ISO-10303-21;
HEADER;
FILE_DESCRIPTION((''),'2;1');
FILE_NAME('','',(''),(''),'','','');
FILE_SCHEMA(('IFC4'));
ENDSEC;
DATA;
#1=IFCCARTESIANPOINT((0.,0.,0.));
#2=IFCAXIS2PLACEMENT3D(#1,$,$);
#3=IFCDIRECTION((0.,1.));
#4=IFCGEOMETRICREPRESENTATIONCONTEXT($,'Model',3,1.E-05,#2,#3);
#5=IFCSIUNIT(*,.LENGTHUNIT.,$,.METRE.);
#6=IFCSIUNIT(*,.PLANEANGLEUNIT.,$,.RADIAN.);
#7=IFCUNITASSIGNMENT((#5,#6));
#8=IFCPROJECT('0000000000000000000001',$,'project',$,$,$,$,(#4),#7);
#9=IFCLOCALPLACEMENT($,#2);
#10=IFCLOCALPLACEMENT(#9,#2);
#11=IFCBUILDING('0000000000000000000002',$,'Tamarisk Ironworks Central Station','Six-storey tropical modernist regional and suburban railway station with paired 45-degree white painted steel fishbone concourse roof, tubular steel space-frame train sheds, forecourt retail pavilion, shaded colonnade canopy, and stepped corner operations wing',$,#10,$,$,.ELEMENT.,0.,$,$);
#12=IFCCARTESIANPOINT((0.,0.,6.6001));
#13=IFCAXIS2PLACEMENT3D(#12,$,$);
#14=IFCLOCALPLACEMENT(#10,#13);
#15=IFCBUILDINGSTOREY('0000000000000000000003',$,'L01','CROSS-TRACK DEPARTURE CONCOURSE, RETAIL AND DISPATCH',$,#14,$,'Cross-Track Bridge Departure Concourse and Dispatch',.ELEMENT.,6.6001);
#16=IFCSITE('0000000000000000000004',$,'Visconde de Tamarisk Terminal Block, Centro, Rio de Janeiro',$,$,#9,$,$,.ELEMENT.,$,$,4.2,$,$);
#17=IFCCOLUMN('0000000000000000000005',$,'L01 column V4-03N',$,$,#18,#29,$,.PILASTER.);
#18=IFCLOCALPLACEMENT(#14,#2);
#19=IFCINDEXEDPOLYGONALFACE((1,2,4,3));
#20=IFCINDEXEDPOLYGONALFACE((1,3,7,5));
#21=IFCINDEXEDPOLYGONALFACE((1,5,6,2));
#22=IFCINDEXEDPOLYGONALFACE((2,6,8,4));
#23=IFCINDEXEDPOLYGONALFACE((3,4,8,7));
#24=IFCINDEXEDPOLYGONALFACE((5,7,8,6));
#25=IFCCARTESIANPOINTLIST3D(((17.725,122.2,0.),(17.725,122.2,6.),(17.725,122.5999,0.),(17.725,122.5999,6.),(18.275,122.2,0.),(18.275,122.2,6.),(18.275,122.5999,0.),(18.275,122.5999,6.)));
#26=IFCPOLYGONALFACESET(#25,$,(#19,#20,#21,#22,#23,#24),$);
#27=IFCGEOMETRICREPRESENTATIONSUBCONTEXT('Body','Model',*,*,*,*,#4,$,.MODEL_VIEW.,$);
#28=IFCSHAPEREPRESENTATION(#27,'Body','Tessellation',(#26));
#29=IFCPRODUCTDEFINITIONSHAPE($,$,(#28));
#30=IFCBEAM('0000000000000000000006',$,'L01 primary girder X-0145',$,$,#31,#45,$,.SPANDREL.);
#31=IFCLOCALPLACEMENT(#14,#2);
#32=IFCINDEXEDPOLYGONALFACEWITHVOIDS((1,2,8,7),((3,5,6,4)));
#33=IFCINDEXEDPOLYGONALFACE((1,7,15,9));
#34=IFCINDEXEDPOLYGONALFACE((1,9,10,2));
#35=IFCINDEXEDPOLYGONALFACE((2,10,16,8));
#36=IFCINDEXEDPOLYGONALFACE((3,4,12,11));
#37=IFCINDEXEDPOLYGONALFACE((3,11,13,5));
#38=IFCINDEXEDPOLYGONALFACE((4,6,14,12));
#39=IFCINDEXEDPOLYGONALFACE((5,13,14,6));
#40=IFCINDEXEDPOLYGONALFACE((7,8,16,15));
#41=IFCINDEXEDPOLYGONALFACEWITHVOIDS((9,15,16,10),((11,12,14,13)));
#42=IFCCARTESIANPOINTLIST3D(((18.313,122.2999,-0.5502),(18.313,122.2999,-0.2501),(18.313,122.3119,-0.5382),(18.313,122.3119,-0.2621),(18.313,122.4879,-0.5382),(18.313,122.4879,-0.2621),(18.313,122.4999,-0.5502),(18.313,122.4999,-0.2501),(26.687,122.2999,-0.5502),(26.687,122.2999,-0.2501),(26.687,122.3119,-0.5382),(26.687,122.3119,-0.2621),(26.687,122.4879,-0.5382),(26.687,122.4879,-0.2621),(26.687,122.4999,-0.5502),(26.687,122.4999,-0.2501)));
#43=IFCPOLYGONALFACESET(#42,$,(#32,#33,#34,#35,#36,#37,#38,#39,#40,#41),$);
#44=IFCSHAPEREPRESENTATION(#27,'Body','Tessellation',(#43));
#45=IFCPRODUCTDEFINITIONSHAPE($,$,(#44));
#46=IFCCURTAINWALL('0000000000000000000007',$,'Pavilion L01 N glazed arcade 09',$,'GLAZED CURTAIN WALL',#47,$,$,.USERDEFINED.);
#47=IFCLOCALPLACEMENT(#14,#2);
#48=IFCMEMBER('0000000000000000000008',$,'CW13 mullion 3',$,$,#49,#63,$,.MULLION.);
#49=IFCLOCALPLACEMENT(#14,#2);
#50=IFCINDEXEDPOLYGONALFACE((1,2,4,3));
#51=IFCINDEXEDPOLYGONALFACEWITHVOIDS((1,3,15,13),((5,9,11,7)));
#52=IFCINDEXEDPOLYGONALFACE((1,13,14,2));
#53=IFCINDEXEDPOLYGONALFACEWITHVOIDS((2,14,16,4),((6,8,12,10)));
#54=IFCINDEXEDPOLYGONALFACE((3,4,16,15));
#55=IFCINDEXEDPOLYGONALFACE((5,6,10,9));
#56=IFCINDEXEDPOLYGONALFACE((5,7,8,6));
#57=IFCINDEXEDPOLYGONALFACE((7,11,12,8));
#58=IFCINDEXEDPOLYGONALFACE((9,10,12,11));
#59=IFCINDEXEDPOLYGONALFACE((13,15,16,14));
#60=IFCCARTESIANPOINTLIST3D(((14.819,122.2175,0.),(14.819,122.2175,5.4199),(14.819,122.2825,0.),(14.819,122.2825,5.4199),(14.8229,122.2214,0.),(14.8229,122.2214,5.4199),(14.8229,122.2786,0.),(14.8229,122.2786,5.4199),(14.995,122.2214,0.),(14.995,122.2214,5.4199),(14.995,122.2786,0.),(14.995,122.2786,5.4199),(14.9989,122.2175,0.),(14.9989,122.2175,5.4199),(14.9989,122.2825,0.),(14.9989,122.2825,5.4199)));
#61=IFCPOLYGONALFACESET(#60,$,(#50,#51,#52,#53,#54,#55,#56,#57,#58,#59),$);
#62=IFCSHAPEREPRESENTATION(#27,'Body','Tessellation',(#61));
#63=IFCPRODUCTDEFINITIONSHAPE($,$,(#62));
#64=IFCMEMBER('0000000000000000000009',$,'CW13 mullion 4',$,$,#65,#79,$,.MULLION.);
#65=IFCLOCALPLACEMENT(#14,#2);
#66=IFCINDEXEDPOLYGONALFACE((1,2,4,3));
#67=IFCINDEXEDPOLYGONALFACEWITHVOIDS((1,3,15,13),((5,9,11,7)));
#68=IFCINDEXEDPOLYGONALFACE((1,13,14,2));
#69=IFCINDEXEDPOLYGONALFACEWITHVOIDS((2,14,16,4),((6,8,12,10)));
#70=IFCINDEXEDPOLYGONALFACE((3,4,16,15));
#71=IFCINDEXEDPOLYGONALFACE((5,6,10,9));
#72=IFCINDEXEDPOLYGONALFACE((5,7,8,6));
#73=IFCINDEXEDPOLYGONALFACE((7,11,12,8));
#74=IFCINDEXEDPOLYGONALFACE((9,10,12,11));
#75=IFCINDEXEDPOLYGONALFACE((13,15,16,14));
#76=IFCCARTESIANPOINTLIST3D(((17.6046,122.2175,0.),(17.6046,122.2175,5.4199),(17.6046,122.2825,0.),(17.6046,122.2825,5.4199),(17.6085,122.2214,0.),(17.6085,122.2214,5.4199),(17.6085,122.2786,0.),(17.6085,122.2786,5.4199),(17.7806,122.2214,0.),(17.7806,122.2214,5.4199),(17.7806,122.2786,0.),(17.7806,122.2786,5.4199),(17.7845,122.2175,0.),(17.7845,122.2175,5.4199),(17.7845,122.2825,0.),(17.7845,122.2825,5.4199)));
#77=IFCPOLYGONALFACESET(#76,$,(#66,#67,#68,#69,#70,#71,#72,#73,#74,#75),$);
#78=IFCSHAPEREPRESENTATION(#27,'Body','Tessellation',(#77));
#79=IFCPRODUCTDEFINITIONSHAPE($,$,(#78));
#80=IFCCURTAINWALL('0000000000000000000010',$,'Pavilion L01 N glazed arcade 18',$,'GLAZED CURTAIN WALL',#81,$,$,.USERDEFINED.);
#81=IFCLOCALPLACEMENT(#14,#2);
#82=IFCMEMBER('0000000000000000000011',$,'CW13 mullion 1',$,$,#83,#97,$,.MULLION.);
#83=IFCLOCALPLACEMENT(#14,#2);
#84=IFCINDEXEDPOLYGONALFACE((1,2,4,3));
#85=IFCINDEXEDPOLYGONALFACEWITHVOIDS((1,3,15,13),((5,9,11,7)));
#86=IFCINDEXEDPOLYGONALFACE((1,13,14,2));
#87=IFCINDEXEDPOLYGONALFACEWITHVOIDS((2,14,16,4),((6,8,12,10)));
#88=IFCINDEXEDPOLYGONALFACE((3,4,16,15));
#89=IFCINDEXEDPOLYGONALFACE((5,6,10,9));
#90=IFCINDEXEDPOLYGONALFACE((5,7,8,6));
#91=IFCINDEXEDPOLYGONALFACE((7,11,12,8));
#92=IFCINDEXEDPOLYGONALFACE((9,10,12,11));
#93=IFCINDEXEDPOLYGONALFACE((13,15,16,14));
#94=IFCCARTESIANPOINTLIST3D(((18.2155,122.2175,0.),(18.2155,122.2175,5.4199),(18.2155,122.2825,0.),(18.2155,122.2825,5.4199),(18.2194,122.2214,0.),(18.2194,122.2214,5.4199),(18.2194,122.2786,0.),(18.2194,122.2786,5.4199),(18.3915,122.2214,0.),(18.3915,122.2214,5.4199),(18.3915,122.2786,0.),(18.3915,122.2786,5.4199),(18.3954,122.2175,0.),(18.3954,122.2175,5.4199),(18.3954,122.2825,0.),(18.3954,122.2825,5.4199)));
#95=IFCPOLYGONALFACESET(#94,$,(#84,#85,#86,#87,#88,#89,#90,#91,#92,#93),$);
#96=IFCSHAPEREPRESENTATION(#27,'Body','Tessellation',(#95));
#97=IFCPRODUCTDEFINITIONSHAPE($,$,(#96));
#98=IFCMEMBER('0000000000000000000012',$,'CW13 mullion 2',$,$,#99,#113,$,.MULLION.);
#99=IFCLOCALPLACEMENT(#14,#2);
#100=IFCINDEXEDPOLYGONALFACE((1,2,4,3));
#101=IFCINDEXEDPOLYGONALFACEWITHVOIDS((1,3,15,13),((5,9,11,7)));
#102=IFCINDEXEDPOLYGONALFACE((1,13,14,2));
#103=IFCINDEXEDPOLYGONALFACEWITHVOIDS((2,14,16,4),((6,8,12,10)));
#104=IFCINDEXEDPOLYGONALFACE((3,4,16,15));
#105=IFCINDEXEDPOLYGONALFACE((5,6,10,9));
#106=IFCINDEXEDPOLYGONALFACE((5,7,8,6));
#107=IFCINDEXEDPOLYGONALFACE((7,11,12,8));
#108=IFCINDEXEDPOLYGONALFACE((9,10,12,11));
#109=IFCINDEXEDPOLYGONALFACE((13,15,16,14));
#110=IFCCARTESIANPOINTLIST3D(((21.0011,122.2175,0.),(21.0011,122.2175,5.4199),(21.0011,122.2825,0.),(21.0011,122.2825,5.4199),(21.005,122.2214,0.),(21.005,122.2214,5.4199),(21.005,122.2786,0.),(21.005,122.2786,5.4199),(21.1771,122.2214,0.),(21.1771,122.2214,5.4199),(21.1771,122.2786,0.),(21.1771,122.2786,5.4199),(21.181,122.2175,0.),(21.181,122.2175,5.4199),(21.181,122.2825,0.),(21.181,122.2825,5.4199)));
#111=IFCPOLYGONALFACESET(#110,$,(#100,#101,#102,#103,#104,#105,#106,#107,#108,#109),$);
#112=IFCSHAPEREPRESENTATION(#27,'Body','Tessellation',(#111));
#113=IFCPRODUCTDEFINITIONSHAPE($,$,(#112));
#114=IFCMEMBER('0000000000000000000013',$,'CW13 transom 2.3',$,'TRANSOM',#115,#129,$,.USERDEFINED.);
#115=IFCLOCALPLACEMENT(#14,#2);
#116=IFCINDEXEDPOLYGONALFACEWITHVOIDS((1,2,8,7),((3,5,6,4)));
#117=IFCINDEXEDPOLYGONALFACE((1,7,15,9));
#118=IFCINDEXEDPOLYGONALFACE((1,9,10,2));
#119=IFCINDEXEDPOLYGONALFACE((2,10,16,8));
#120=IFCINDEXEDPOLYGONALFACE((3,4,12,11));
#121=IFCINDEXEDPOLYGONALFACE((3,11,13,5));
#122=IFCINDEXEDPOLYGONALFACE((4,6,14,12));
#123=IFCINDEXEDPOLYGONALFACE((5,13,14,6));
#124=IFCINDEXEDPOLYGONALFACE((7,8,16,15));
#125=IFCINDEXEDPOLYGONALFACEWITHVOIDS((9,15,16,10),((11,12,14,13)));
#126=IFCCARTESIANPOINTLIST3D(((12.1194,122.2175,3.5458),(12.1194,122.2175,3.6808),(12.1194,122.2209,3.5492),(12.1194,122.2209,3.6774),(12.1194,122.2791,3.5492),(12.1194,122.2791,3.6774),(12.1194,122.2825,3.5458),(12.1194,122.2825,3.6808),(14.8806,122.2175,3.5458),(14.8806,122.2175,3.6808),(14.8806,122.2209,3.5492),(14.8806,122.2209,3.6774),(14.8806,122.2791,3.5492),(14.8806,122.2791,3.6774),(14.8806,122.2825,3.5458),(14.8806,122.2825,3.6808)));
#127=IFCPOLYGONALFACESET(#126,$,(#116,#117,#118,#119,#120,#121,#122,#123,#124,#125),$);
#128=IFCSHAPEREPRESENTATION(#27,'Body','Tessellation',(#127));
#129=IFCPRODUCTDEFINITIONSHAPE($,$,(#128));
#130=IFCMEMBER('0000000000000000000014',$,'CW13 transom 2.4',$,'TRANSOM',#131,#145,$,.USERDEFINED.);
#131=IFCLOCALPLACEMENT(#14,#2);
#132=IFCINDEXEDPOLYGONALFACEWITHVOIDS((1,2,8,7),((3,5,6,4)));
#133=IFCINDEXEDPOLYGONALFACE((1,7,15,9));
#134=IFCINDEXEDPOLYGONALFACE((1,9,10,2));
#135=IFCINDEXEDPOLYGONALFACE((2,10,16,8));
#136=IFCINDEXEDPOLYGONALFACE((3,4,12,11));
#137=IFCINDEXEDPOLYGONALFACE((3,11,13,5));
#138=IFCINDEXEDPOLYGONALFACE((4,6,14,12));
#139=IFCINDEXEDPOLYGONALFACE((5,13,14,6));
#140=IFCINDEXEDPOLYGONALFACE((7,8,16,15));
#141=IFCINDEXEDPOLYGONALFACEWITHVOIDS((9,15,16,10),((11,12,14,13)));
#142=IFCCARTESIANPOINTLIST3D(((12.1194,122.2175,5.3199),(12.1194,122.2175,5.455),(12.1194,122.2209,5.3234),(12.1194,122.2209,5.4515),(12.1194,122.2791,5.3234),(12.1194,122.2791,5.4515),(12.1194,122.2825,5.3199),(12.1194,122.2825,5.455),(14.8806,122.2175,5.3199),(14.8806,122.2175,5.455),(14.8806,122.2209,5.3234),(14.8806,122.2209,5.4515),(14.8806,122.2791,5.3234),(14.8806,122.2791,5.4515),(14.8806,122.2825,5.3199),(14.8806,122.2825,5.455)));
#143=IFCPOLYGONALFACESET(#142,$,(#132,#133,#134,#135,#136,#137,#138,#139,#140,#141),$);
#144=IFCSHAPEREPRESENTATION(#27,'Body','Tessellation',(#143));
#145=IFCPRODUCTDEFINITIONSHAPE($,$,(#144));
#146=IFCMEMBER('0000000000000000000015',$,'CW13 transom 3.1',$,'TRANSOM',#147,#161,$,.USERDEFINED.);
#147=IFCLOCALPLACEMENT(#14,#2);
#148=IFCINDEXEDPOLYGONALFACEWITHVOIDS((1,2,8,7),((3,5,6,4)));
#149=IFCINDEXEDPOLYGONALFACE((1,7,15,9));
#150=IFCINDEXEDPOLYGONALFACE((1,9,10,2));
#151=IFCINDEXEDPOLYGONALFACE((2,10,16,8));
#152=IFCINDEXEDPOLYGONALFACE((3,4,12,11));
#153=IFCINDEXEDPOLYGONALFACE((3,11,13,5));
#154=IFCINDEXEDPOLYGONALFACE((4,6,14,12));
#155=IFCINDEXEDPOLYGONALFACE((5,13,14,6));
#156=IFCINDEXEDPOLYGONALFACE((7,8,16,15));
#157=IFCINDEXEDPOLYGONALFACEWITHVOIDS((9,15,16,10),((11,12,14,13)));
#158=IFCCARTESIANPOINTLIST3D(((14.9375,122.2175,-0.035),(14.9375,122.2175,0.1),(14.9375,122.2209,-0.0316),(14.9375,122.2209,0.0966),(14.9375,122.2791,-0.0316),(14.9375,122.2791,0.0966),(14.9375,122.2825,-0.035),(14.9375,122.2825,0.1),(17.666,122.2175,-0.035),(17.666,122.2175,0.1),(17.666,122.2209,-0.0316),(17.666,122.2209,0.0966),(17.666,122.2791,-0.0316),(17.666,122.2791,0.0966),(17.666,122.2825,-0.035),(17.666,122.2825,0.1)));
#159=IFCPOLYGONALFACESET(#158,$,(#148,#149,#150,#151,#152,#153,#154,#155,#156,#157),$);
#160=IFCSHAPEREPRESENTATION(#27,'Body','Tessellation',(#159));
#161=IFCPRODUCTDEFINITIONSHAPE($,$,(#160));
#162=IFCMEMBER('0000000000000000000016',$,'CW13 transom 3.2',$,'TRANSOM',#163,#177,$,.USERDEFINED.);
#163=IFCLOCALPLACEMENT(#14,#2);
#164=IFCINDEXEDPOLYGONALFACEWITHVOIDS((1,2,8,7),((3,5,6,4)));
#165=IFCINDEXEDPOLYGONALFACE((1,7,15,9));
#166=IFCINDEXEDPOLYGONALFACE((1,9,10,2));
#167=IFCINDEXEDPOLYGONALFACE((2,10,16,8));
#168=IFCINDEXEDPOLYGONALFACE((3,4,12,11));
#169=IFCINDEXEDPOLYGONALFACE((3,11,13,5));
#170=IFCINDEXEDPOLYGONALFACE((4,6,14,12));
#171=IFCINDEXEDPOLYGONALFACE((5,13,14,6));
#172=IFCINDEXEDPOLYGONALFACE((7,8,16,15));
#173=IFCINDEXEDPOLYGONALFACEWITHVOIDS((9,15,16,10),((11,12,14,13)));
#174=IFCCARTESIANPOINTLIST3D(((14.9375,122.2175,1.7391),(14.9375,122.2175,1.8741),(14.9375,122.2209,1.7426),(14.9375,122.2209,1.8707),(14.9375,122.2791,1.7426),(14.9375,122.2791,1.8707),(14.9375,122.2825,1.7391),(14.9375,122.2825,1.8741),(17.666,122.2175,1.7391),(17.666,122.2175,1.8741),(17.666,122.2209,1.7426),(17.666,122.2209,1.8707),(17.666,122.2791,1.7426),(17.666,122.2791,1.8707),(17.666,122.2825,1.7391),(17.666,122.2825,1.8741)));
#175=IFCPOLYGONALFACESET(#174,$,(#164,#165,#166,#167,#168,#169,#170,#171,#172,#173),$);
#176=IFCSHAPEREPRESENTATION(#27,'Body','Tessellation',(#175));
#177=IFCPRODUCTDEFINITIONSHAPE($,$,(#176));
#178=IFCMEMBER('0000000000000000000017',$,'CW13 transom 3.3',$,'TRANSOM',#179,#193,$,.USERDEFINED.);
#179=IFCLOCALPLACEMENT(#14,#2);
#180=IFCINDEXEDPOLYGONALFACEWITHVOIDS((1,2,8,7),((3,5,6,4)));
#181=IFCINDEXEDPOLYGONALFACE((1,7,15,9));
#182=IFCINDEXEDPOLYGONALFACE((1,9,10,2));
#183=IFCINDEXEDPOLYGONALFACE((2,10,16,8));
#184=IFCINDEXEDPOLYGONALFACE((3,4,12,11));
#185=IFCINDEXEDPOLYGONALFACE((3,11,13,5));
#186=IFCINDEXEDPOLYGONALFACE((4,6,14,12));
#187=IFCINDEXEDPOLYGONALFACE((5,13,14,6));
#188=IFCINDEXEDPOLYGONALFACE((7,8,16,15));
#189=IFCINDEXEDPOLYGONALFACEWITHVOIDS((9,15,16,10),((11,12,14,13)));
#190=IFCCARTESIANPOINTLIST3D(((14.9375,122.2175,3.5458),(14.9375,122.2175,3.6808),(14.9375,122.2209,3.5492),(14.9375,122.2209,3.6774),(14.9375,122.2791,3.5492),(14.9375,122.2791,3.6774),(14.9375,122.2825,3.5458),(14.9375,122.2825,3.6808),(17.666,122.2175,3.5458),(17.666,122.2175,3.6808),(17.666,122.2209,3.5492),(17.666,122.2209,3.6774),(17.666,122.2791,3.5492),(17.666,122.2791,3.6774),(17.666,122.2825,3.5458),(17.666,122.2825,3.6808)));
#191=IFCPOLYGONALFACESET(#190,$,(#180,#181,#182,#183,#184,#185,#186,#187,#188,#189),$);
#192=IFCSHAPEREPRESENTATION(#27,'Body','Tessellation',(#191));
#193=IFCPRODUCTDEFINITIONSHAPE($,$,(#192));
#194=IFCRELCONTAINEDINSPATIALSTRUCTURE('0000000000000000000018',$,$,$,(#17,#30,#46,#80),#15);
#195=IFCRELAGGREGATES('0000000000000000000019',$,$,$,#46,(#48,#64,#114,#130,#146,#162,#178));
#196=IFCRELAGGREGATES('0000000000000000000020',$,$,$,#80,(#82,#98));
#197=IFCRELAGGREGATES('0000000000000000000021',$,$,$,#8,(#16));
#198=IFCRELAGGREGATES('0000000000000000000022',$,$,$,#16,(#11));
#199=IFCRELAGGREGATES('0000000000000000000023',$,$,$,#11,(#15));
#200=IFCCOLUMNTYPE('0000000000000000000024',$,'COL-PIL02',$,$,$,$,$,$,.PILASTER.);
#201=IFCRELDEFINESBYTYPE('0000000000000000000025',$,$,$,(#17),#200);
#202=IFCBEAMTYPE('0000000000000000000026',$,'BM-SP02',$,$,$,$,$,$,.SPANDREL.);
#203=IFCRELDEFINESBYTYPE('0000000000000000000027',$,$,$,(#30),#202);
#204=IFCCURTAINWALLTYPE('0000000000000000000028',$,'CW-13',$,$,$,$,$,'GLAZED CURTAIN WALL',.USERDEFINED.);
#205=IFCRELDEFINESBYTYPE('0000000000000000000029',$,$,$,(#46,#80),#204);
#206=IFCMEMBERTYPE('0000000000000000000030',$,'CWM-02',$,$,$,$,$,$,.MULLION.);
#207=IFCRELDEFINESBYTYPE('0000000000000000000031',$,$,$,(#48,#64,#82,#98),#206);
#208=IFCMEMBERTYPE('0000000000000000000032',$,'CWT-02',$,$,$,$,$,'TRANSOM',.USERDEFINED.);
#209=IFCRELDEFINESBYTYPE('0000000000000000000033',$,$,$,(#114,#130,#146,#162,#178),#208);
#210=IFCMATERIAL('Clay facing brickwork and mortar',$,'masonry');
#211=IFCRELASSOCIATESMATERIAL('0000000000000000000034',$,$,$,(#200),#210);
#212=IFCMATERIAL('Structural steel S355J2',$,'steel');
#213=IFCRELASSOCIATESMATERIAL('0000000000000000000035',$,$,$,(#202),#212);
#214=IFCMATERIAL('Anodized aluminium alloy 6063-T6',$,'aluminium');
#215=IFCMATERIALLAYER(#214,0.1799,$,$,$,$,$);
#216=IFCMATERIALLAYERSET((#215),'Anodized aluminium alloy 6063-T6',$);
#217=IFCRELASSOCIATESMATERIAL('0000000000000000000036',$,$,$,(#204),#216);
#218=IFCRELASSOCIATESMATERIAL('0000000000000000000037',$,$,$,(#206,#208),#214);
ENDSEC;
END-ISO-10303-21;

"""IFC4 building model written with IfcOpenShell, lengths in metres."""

from ifc_helpers import new_model, si_unit, direction, frame, origin, origin_2d, place, context, subcontext, project, spatial, rectangle, hollow_rectangle, extrude, material, layer, layer_set, material_profile, profile_set, type_object, element, aggregate, save


model = new_model("IFC4")

# Units and contexts
model_context = context("Model", 3, precision=1e-05, world=origin(), true_north=direction((0.0, 1.0)))
body_context = subcontext(model_context, "Body", "Model", "MODEL_VIEW")
ifc_project = project(units=[si_unit("LENGTHUNIT", "METRE"), si_unit("PLANEANGLEUNIT", "RADIAN")], contexts=[model_context])

# Site, building, storey
site_placement = place(None, origin())
site = spatial("IfcSite", under=ifc_project, at=site_placement, Name="Visconde de Tamarisk Terminal Block, Centro, Rio de Janeiro", CompositionType="ELEMENT", RefElevation=4.2)
building_placement = place(site_placement, origin())
building = spatial("IfcBuilding", under=site, at=building_placement, Name="Tamarisk Ironworks Central Station", Description="Six-storey tropical modernist regional and suburban railway station with paired 45-degree white painted steel fishbone concourse roof, tubular steel space-frame train sheds, forecourt retail pavilion, shaded colonnade canopy, and stepped corner operations wing", CompositionType="ELEMENT", ElevationOfRefHeight=0.0)
storey_placement = place(building_placement, frame((0.0, 0.0, 6.6001)))
storey = spatial("IfcBuildingStorey", under=building, at=storey_placement, Name="L01", Description="CROSS-TRACK DEPARTURE CONCOURSE, RETAIL AND DISPATCH", LongName="Cross-Track Bridge Departure Concourse and Dispatch", CompositionType="ELEMENT", Elevation=6.6001)

# Column
ifc_material_1 = material(Name="Clay facing brickwork and mortar", Category="masonry")
ifc_material_profile_1 = material_profile(ifc_material_1, rectangle(XDim=0.55, YDim=0.3999, at=origin_2d()), Name="PIL 550x400")
ifc_profile_set_1 = profile_set([ifc_material_profile_1], Name="Clay facing brickwork and mortar")
column_type = type_object("IfcColumnType", Name="COL-PIL02", PredefinedType="PILASTER", material=ifc_profile_set_1)
column_placement = place(storey_placement, frame((18.0, 122.3999, 0.0), z_axis=(0.0, 0.0, 1.0), x_axis=(1.0, 0.0, 0.0)))
element("IfcColumn", 1, at=column_placement, inside=storey, type_object=column_type, Name="L01 column V4-03N", PredefinedType="PILASTER", context=body_context, shape_type="SweptSolid", body=[
    extrude(rectangle(XDim=0.55, YDim=0.3999, at=origin_2d()), origin(), (0.0, 0.0, 1.0), 6.0),
])

# Beam
ifc_material_2 = material(Name="Structural steel S355J2", Category="steel")
ifc_material_profile_2 = material_profile(ifc_material_2, hollow_rectangle(XDim=0.2, YDim=0.3, WallThickness=0.012, at=origin_2d()), Name="RHS 300x200x12")
ifc_profile_set_2 = profile_set([ifc_material_profile_2], Name="Structural steel S355J2")
beam_type = type_object("IfcBeamType", Name="BM-SP02", PredefinedType="SPANDREL", material=ifc_profile_set_2)
beam_placement = place(storey_placement, frame((18.313, 122.3999, -0.4001), z_axis=(1.0, 0.0, 0.0), x_axis=(0.0, 1.0, 0.0)))
element("IfcBeam", 2, at=beam_placement, inside=storey, type_object=beam_type, Name="L01 primary girder X-0145", PredefinedType="SPANDREL", context=body_context, shape_type="SweptSolid", body=[
    extrude(hollow_rectangle(XDim=0.2, YDim=0.3, WallThickness=0.012, at=origin_2d()), origin(), (0.0, 0.0, 1.0), 8.374),
])

# Curtain walls, members
ifc_material_3 = material(Name="Anodized aluminium alloy 6063-T6", Category="aluminium")
ifc_layer_1 = layer(ifc_material_3, 0.1799)
ifc_layer_set_1 = layer_set([ifc_layer_1], Name="Anodized aluminium alloy 6063-T6")
curtain_wall_type = type_object("IfcCurtainWallType", Name="CW-13", ElementType="GLAZED CURTAIN WALL", PredefinedType="USERDEFINED", material=ifc_layer_set_1)
curtain_wall_1_placement = place(storey_placement, origin())
curtain_wall_1 = element("IfcCurtainWall", 3, at=curtain_wall_1_placement, inside=storey, type_object=curtain_wall_type, Name="Pavilion L01 N glazed arcade 09", ObjectType="GLAZED CURTAIN WALL", PredefinedType="USERDEFINED")
ifc_material_profile_3 = material_profile(ifc_material_3, hollow_rectangle(XDim=0.0649, YDim=0.1799, WallThickness=0.0039, at=origin_2d()), Name="ALUM 180x65")
ifc_profile_set_3 = profile_set([ifc_material_profile_3], Name="Anodized aluminium alloy 6063-T6")
member_type_1 = type_object("IfcMemberType", Name="CWM-02", PredefinedType="MULLION", material=ifc_profile_set_3)
member_1_placement = place(storey_placement, frame((14.9089, 122.25, 0.0), z_axis=(0.0, 0.0, 1.0), x_axis=(0.0, 1.0, 0.0)))
member_1 = element("IfcMember", 4, at=member_1_placement, type_object=member_type_1, Name="CW13 mullion 3", PredefinedType="MULLION", context=body_context, shape_type="SweptSolid", body=[
    extrude(hollow_rectangle(XDim=0.0649, YDim=0.1799, WallThickness=0.0039, at=origin_2d()), origin(), (0.0, 0.0, 1.0), 5.4199),
])
member_2_placement = place(storey_placement, frame((17.6946, 122.25, 0.0), z_axis=(0.0, 0.0, 1.0), x_axis=(0.0, 1.0, 0.0)))
member_2 = element("IfcMember", 5, at=member_2_placement, type_object=member_type_1, Name="CW13 mullion 4", PredefinedType="MULLION", context=body_context, shape_type="SweptSolid", body=[
    extrude(hollow_rectangle(XDim=0.0649, YDim=0.1799, WallThickness=0.0039, at=origin_2d()), origin(), (0.0, 0.0, 1.0), 5.4199),
])
curtain_wall_2_placement = place(storey_placement, origin())
curtain_wall_2 = element("IfcCurtainWall", 6, at=curtain_wall_2_placement, inside=storey, type_object=curtain_wall_type, Name="Pavilion L01 N glazed arcade 18", ObjectType="GLAZED CURTAIN WALL", PredefinedType="USERDEFINED")
member_3_placement = place(storey_placement, frame((18.3054, 122.25, 0.0), z_axis=(0.0, 0.0, 1.0), x_axis=(0.0, 1.0, 0.0)))
member_3 = element("IfcMember", 7, at=member_3_placement, type_object=member_type_1, Name="CW13 mullion 1", PredefinedType="MULLION", context=body_context, shape_type="SweptSolid", body=[
    extrude(hollow_rectangle(XDim=0.0649, YDim=0.1799, WallThickness=0.0039, at=origin_2d()), origin(), (0.0, 0.0, 1.0), 5.4199),
])
member_4_placement = place(storey_placement, frame((21.0911, 122.25, 0.0), z_axis=(0.0, 0.0, 1.0), x_axis=(0.0, 1.0, 0.0)))
member_4 = element("IfcMember", 8, at=member_4_placement, type_object=member_type_1, Name="CW13 mullion 2", PredefinedType="MULLION", context=body_context, shape_type="SweptSolid", body=[
    extrude(hollow_rectangle(XDim=0.0649, YDim=0.1799, WallThickness=0.0039, at=origin_2d()), origin(), (0.0, 0.0, 1.0), 5.4199),
])

# Members
ifc_material_profile_4 = material_profile(ifc_material_3, hollow_rectangle(XDim=0.0649, YDim=0.135, WallThickness=0.0034, at=origin_2d()), Name="ALUM 135x65")
ifc_profile_set_4 = profile_set([ifc_material_profile_4], Name="Anodized aluminium alloy 6063-T6")
member_type_2 = type_object("IfcMemberType", Name="CWT-02", ElementType="TRANSOM", PredefinedType="USERDEFINED", material=ifc_profile_set_4)
member_5_placement = place(storey_placement, frame((12.1194, 122.25, 3.6133), z_axis=(1.0, 0.0, 0.0), x_axis=(0.0, 1.0, 0.0)))
member_5 = element("IfcMember", 9, at=member_5_placement, type_object=member_type_2, Name="CW13 transom 2.3", ObjectType="TRANSOM", PredefinedType="USERDEFINED", context=body_context, shape_type="SweptSolid", body=[
    extrude(hollow_rectangle(XDim=0.0649, YDim=0.135, WallThickness=0.0034, at=origin_2d()), origin(), (0.0, 0.0, 1.0), 2.7612),
])
member_6_placement = place(storey_placement, frame((12.1194, 122.25, 5.3875), z_axis=(1.0, 0.0, 0.0), x_axis=(0.0, 1.0, 0.0)))
member_6 = element("IfcMember", 10, at=member_6_placement, type_object=member_type_2, Name="CW13 transom 2.4", ObjectType="TRANSOM", PredefinedType="USERDEFINED", context=body_context, shape_type="SweptSolid", body=[
    extrude(hollow_rectangle(XDim=0.0649, YDim=0.135, WallThickness=0.0034, at=origin_2d()), origin(), (0.0, 0.0, 1.0), 2.7612),
])
member_7_placement = place(storey_placement, frame((14.9375, 122.25, 0.0325), z_axis=(1.0, 0.0, 0.0), x_axis=(0.0, 1.0, 0.0)))
member_7 = element("IfcMember", 11, at=member_7_placement, type_object=member_type_2, Name="CW13 transom 3.1", ObjectType="TRANSOM", PredefinedType="USERDEFINED", context=body_context, shape_type="SweptSolid", body=[
    extrude(hollow_rectangle(XDim=0.0649, YDim=0.135, WallThickness=0.0034, at=origin_2d()), origin(), (0.0, 0.0, 1.0), 2.7285),
])
member_8_placement = place(storey_placement, frame((14.9375, 122.25, 1.8066), z_axis=(1.0, 0.0, 0.0), x_axis=(0.0, 1.0, 0.0)))
member_8 = element("IfcMember", 12, at=member_8_placement, type_object=member_type_2, Name="CW13 transom 3.2", ObjectType="TRANSOM", PredefinedType="USERDEFINED", context=body_context, shape_type="SweptSolid", body=[
    extrude(hollow_rectangle(XDim=0.0649, YDim=0.135, WallThickness=0.0034, at=origin_2d()), origin(), (0.0, 0.0, 1.0), 2.7285),
])
member_9_placement = place(storey_placement, frame((14.9375, 122.25, 3.6133), z_axis=(1.0, 0.0, 0.0), x_axis=(0.0, 1.0, 0.0)))
member_9 = element("IfcMember", 13, at=member_9_placement, type_object=member_type_2, Name="CW13 transom 3.3", ObjectType="TRANSOM", PredefinedType="USERDEFINED", context=body_context, shape_type="SweptSolid", body=[
    extrude(hollow_rectangle(XDim=0.0649, YDim=0.135, WallThickness=0.0034, at=origin_2d()), origin(), (0.0, 0.0, 1.0), 2.7285),
])

aggregate(curtain_wall_1, [member_1, member_2, member_5, member_6, member_7, member_8, member_9])
aggregate(curtain_wall_2, [member_3, member_4])

save(model, "model.ifc")
